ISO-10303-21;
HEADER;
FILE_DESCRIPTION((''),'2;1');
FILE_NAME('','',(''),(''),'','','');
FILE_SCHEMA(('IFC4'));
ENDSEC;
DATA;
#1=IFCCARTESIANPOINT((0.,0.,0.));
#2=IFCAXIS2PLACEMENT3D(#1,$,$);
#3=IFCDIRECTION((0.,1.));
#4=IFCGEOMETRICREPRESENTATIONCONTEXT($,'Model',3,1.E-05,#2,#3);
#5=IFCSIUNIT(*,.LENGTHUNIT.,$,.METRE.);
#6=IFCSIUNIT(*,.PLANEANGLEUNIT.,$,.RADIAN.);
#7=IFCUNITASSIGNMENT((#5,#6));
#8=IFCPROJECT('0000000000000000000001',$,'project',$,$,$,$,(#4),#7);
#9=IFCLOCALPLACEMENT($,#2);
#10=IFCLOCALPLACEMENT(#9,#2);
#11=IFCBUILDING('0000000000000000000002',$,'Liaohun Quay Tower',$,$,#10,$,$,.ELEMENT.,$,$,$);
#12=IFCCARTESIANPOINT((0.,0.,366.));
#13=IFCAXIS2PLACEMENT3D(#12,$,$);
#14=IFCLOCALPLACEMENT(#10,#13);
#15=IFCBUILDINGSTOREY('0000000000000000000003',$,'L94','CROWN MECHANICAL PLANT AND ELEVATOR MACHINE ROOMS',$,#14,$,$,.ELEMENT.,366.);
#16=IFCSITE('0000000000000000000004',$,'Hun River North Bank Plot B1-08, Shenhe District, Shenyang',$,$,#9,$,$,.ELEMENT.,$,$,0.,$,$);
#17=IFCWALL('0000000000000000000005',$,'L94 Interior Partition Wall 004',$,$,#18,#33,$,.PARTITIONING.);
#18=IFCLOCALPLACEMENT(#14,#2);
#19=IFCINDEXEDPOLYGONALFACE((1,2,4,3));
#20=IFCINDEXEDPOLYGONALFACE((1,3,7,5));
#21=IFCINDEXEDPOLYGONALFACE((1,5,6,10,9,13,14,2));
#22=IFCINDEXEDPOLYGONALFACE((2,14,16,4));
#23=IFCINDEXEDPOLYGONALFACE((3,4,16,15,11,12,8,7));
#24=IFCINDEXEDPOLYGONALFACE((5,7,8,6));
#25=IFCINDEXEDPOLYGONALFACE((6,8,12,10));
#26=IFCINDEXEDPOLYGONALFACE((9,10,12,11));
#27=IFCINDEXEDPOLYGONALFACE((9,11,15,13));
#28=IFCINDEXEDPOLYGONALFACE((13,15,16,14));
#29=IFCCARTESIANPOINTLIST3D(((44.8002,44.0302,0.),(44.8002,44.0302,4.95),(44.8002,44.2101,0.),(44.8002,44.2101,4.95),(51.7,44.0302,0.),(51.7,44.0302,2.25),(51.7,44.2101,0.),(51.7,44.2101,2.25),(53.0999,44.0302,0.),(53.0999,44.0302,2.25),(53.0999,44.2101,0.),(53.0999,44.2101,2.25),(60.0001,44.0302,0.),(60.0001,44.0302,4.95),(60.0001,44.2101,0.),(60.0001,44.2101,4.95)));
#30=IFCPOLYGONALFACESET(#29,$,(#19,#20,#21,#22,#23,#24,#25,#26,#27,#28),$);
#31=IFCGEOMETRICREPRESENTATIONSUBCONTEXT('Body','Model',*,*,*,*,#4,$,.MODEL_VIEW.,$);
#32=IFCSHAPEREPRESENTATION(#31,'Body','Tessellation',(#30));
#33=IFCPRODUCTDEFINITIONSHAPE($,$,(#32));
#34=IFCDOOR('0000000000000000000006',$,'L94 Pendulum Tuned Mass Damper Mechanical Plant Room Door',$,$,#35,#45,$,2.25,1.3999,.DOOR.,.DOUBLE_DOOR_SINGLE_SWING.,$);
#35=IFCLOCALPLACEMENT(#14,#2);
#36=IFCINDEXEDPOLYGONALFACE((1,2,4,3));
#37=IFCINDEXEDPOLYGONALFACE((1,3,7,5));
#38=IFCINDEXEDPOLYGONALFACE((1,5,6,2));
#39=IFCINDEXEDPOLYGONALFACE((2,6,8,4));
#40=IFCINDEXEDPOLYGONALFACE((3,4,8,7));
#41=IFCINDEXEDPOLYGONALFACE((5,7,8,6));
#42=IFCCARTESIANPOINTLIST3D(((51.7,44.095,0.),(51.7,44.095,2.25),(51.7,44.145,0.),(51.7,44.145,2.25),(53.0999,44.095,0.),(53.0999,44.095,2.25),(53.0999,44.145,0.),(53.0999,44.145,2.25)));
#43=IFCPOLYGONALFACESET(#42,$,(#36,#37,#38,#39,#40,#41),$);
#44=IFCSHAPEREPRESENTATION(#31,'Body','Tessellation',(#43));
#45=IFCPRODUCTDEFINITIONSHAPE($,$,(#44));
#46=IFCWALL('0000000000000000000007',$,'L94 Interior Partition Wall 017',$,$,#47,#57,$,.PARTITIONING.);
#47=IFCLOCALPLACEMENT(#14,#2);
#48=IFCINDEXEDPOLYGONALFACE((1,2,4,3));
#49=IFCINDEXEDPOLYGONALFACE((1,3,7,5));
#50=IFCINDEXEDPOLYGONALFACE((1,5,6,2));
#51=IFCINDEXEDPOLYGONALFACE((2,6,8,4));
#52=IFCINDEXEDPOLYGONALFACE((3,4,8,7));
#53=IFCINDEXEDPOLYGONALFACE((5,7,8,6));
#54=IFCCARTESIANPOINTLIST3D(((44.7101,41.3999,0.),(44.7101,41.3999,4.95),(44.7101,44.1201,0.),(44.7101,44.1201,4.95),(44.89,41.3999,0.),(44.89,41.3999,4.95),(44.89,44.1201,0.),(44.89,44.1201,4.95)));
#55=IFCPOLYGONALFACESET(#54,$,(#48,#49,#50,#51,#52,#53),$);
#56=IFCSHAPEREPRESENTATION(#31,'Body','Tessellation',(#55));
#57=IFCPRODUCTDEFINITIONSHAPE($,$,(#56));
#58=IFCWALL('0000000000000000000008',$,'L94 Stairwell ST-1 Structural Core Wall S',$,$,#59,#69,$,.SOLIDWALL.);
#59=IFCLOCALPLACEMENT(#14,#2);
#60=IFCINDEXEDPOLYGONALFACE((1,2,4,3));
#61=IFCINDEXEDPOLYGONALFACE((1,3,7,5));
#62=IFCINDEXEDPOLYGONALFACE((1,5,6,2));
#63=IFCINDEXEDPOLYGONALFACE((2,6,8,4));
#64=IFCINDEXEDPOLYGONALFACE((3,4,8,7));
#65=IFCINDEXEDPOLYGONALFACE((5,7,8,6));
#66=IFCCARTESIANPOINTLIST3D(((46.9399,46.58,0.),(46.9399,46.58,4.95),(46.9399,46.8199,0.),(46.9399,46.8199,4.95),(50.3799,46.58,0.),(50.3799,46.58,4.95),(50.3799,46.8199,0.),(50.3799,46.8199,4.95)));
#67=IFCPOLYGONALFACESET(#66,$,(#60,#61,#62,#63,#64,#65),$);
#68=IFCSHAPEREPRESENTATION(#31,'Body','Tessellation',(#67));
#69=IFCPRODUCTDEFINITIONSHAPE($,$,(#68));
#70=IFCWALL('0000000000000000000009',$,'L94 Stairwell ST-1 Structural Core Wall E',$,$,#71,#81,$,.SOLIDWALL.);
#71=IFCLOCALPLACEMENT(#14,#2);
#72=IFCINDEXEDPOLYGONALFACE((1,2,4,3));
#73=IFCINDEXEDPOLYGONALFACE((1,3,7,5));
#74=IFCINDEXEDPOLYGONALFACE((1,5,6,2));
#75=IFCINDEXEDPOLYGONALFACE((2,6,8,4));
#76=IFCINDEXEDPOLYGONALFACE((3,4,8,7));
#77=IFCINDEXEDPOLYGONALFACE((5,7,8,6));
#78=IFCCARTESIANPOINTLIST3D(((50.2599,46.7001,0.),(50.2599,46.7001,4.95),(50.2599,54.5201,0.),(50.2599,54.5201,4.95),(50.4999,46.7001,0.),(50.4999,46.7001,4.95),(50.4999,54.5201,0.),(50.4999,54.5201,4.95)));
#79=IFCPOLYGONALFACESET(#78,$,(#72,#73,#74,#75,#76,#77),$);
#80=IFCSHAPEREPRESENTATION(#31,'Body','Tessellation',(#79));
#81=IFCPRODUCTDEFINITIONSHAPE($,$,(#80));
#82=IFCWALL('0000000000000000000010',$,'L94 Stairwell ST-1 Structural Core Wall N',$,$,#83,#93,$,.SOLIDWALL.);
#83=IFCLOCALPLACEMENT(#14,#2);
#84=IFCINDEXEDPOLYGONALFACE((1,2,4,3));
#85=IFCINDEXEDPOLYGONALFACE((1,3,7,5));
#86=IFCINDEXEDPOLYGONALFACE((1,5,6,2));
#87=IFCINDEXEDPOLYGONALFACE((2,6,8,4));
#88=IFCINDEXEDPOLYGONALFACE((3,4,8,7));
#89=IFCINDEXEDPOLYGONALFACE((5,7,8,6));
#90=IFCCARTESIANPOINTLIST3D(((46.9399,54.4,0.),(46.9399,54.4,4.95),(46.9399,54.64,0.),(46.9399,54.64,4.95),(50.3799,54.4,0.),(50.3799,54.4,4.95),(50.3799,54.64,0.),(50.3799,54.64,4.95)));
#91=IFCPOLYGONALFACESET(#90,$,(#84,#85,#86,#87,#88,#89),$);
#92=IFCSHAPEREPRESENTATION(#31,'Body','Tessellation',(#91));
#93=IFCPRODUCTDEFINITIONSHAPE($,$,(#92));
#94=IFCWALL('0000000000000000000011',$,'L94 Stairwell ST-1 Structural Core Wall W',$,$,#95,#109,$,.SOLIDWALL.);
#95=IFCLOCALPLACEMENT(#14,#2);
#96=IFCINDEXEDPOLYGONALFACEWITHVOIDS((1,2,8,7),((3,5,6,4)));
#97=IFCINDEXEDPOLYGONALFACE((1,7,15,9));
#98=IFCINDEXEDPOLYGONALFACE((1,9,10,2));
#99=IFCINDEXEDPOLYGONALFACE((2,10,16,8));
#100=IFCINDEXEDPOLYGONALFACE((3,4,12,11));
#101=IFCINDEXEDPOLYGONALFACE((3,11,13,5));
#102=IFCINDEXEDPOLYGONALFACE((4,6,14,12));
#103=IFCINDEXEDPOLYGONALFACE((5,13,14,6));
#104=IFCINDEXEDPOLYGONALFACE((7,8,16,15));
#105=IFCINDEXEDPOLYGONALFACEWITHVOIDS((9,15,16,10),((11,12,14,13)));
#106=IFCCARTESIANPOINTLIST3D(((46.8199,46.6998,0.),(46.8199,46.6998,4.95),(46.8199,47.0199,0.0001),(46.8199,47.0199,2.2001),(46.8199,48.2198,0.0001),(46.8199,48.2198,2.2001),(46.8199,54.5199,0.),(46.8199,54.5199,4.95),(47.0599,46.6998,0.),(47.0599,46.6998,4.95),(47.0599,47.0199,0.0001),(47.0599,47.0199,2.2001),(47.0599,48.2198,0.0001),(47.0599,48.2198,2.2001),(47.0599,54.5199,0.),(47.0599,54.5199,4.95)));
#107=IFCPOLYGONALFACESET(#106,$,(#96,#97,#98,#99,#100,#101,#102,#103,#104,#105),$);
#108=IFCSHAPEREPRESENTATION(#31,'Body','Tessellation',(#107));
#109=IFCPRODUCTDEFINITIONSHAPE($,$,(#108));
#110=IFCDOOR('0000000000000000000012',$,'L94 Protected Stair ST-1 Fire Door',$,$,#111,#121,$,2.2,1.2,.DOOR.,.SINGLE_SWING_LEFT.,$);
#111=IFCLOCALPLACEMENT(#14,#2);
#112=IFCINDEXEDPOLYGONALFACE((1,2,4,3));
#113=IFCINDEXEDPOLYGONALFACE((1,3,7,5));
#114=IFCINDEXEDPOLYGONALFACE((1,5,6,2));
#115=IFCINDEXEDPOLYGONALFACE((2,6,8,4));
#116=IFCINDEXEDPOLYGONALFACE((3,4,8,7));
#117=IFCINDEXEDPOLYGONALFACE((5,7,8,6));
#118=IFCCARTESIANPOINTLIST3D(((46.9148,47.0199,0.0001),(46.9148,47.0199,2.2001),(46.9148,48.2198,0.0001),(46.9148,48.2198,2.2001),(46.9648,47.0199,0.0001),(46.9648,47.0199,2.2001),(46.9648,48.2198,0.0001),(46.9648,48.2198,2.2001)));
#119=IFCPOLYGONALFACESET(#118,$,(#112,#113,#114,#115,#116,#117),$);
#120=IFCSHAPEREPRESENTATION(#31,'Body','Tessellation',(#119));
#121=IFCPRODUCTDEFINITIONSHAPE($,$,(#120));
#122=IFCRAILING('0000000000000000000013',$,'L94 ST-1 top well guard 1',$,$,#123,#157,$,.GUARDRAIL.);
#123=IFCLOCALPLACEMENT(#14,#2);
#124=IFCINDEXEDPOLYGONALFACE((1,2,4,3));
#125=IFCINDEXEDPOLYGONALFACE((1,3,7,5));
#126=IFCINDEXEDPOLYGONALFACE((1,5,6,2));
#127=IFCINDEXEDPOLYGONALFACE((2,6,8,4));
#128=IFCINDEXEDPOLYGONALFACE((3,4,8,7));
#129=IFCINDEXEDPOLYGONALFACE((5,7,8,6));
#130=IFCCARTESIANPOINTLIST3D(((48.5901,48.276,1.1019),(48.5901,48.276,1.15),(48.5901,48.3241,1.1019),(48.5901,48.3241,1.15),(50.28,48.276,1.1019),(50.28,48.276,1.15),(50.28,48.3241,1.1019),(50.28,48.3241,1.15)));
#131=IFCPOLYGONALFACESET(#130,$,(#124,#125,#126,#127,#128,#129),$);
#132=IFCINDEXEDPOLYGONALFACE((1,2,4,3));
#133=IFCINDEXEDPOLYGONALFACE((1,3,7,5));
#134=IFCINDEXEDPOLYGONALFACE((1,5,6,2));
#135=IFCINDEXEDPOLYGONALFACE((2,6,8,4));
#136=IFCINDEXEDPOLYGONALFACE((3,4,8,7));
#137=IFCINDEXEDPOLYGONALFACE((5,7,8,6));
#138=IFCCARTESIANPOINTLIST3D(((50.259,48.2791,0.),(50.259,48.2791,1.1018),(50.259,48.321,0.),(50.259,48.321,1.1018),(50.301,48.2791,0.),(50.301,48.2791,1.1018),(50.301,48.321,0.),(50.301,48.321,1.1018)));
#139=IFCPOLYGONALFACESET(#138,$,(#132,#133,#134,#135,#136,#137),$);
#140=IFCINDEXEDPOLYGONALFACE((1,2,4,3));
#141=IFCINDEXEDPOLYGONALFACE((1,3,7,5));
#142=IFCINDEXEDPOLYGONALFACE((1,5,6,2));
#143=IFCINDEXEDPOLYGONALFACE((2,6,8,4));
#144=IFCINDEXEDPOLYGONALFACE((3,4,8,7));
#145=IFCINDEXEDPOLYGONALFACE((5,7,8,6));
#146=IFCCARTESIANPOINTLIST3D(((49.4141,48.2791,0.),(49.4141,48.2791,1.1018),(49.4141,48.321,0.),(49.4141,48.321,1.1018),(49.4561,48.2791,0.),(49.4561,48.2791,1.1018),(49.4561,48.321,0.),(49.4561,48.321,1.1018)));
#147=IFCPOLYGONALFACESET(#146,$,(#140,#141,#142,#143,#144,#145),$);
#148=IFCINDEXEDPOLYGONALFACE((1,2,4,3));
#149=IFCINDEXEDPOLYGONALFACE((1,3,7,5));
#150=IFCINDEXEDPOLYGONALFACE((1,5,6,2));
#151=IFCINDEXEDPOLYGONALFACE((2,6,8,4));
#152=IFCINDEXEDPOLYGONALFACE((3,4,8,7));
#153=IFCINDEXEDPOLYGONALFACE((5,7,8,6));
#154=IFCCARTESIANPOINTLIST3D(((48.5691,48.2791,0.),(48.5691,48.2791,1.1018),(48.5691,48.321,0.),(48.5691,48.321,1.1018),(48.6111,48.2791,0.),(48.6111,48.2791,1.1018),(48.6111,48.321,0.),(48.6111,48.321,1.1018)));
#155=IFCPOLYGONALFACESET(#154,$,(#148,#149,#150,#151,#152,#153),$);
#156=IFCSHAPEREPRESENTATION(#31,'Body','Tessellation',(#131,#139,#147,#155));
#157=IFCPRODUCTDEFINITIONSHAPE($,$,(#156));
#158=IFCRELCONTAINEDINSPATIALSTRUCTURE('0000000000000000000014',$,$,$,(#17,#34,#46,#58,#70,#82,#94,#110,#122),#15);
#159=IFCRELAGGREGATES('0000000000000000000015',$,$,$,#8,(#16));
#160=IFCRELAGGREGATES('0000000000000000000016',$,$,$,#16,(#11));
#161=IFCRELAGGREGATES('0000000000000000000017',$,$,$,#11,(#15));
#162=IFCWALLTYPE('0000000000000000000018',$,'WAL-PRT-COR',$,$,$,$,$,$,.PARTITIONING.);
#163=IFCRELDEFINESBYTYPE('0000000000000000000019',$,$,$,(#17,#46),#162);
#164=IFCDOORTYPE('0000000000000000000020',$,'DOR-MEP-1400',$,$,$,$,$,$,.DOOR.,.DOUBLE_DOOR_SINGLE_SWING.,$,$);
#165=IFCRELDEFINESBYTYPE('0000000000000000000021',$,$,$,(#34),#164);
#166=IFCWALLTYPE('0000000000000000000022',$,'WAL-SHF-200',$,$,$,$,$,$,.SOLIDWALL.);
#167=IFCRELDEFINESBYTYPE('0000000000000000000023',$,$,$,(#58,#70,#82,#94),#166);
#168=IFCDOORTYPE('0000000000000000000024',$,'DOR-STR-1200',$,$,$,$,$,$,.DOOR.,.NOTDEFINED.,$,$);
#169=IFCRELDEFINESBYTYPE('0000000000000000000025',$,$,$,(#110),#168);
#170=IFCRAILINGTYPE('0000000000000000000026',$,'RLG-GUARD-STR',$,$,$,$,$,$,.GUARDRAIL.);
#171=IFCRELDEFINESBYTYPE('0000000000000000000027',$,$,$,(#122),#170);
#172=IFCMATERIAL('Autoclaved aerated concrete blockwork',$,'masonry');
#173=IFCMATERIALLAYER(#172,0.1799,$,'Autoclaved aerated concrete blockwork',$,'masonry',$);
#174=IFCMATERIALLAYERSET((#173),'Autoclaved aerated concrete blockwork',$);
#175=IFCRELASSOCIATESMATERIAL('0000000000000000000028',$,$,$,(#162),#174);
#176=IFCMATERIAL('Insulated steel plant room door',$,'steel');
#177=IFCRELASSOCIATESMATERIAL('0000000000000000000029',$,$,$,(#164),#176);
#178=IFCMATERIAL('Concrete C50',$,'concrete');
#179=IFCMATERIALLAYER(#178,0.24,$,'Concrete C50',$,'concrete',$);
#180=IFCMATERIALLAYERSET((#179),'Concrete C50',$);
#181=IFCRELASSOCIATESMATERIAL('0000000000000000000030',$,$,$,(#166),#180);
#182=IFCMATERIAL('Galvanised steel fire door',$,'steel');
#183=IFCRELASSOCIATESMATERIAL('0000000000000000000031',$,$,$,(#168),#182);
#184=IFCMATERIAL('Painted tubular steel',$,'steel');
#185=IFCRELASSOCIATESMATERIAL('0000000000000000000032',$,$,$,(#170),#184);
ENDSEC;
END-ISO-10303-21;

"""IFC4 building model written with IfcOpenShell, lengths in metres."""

from ifc_helpers import new_model, si_unit, direction, frame, frame_2d, origin, origin_2d, place, context, subcontext, project, spatial, rectangle, extrude, source, transform, mapped, material, layer, layer_set, type_object, element, fill, save


model = new_model("IFC4")

# Units and contexts
model_context = context("Model", 3, precision=1e-05, world=origin(), true_north=direction((0.0, 1.0)))
body_context = subcontext(model_context, "Body", "Model", "MODEL_VIEW")
ifc_project = project(units=[si_unit("LENGTHUNIT", "METRE"), si_unit("PLANEANGLEUNIT", "RADIAN")], contexts=[model_context])

# Site, building, storey
site_placement = place(None, origin())
site = spatial("IfcSite", under=ifc_project, at=site_placement, Name="Hun River North Bank Plot B1-08, Shenhe District, Shenyang", CompositionType="ELEMENT", RefElevation=0.0)
building_placement = place(site_placement, origin())
building = spatial("IfcBuilding", under=site, at=building_placement, Name="Liaohun Quay Tower", CompositionType="ELEMENT")
storey_placement = place(building_placement, frame((0.0, 0.0, 366.0)))
storey = spatial("IfcBuildingStorey", under=building, at=storey_placement, Name="L94", Description="CROWN MECHANICAL PLANT AND ELEVATOR MACHINE ROOMS", CompositionType="ELEMENT", Elevation=366.0)

# Shared definitions
ifc_material_1 = material(Name="Concrete C50", Category="concrete")

# Wall, opening, door
ifc_material_2 = material(Name="Autoclaved aerated concrete blockwork", Category="masonry")
ifc_layer_1 = layer(ifc_material_2, 0.1799, Name="Autoclaved aerated concrete blockwork", Category="masonry")
ifc_layer_set_1 = layer_set([ifc_layer_1], Name="Autoclaved aerated concrete blockwork")
wall_type_1 = type_object("IfcWallType", Name="WAL-PRT-COR", PredefinedType="PARTITIONING", material=ifc_layer_set_1)
wall_1_placement = place(storey_placement, frame((44.8, 44.1201, 0.0), z_axis=(0.0, 0.0, 1.0), x_axis=(1.0, 0.0, 0.0)))
wall_1 = element("IfcWall", 1, at=wall_1_placement, inside=storey, type_object=wall_type_1, Name="L94 Interior Partition Wall 004", PredefinedType="PARTITIONING", context=body_context, shape_type="SweptSolid", body=[
    extrude(rectangle(XDim=15.2, YDim=0.1799, at=frame_2d((7.6001, 0.0))), origin(), (0.0, 0.0, 1.0), 4.95),
])
shared_shape_1 = source(origin(), body_context, "Body", "SweptSolid", [
    extrude(rectangle(XDim=1.3999, YDim=2.25, at=frame_2d((0.7, 1.125))), frame((0.0, 0.0999, 0.0), z_axis=(0.0, -1.0, 0.0), x_axis=(1.0, 0.0, 0.0)), (0.0, 0.0, 1.0), 0.2),
])
opening_1_placement = place(wall_1_placement, frame((6.8999, 0.0, 0.0)))
opening_1 = element("IfcOpeningElement", 2, at=opening_1_placement, cuts=wall_1, PredefinedType="OPENING", context=body_context, shape_type="MappedRepresentation", body=[
    mapped(shared_shape_1, transform((0.0, 0.0, 0.0), x_axis=(1.0, 0.0, 0.0), y_axis=(0.0, 1.0, 0.0), z_axis=(0.0, 0.0, 1.0), scale=1.0)),
])
ifc_material_3 = material(Name="Insulated steel plant room door", Category="steel")
door_type_1 = type_object("IfcDoorType", Name="DOR-MEP-1400", OperationType="DOUBLE_DOOR_SINGLE_SWING", PredefinedType="DOOR", material=ifc_material_3)
shared_shape_2 = source(origin(), body_context, "Body", "SweptSolid", [
    extrude(rectangle(XDim=1.3999, YDim=2.25, at=frame_2d((0.7, 1.125))), frame((0.0, 0.0249, 0.0), z_axis=(0.0, -1.0, 0.0), x_axis=(1.0, 0.0, 0.0)), (0.0, 0.0, 1.0), 0.05),
])
door_1_placement = place(opening_1_placement, origin())
door_1 = element("IfcDoor", 3, at=door_1_placement, inside=storey, type_object=door_type_1, Name="L94 Pendulum Tuned Mass Damper Mechanical Plant Room Door", OperationType="DOUBLE_DOOR_SINGLE_SWING", OverallHeight=2.25, OverallWidth=1.3999, PredefinedType="DOOR", context=body_context, shape_type="MappedRepresentation", body=[
    mapped(shared_shape_2, transform((0.0, 0.0, 0.0), x_axis=(1.0, 0.0, 0.0), y_axis=(0.0, 1.0, 0.0), z_axis=(0.0, 0.0, 1.0), scale=1.0)),
])
fill(opening_1, door_1)

# Walls
wall_2_placement = place(storey_placement, frame((44.8, 41.3999, 0.0), z_axis=(0.0, 0.0, 1.0), x_axis=(0.0, 1.0, 0.0)))
element("IfcWall", 4, at=wall_2_placement, inside=storey, type_object=wall_type_1, Name="L94 Interior Partition Wall 017", PredefinedType="PARTITIONING", context=body_context, shape_type="SweptSolid", body=[
    extrude(rectangle(XDim=2.7202, YDim=0.1799, at=frame_2d((1.3601, 0.0))), origin(), (0.0, 0.0, 1.0), 4.95),
])
ifc_layer_2 = layer(ifc_material_1, 0.24, Name="Concrete C50", Category="concrete")
ifc_layer_set_2 = layer_set([ifc_layer_2], Name="Concrete C50")
wall_type_2 = type_object("IfcWallType", Name="WAL-SHF-200", PredefinedType="SOLIDWALL", material=ifc_layer_set_2)
wall_3_placement = place(storey_placement, frame((46.9399, 46.7, 0.0), z_axis=(0.0, 0.0, 1.0), x_axis=(1.0, 0.0, 0.0)))
element("IfcWall", 5, at=wall_3_placement, inside=storey, type_object=wall_type_2, Name="L94 Stairwell ST-1 Structural Core Wall S", PredefinedType="SOLIDWALL", context=body_context, shape_type="SweptSolid", body=[
    extrude(rectangle(XDim=3.4399, YDim=0.24, at=frame_2d((1.72, 0.0))), origin(), (0.0, 0.0, 1.0), 4.95),
])
wall_4_placement = place(storey_placement, frame((50.3799, 46.7, 0.0), z_axis=(0.0, 0.0, 1.0), x_axis=(0.0, 1.0, 0.0)))
element("IfcWall", 6, at=wall_4_placement, inside=storey, type_object=wall_type_2, Name="L94 Stairwell ST-1 Structural Core Wall E", PredefinedType="SOLIDWALL", context=body_context, shape_type="SweptSolid", body=[
    extrude(rectangle(XDim=7.8201, YDim=0.24, at=frame_2d((3.9102, 0.0))), origin(), (0.0, 0.0, 1.0), 4.95),
])
wall_5_placement = place(storey_placement, frame((50.3799, 54.52, 0.0), z_axis=(0.0, 0.0, 1.0), x_axis=(-1.0, 0.0, 0.0)))
element("IfcWall", 7, at=wall_5_placement, inside=storey, type_object=wall_type_2, Name="L94 Stairwell ST-1 Structural Core Wall N", PredefinedType="SOLIDWALL", context=body_context, shape_type="SweptSolid", body=[
    extrude(rectangle(XDim=3.4399, YDim=0.24, at=frame_2d((1.72, 0.0))), origin(), (0.0, 0.0, 1.0), 4.95),
])

# Wall, opening, door
wall_6_placement = place(storey_placement, frame((46.9399, 54.52, 0.0), z_axis=(0.0, 0.0, 1.0), x_axis=(0.0, -1.0, 0.0)))
wall_6 = element("IfcWall", 8, at=wall_6_placement, inside=storey, type_object=wall_type_2, Name="L94 Stairwell ST-1 Structural Core Wall W", PredefinedType="SOLIDWALL", context=body_context, shape_type="SweptSolid", body=[
    extrude(rectangle(XDim=7.8201, YDim=0.24, at=frame_2d((3.9102, 0.0))), origin(), (0.0, 0.0, 1.0), 4.95),
])
shared_shape_3 = source(origin(), body_context, "Body", "SweptSolid", [
    extrude(rectangle(XDim=1.2, YDim=2.2, at=frame_2d((0.6001, 1.1001))), frame((0.0, 0.1299, 0.0), z_axis=(0.0, -1.0, 0.0), x_axis=(1.0, 0.0, 0.0)), (0.0, 0.0, 1.0), 0.26),
])
opening_2_placement = place(wall_6_placement, frame((6.3, 0.0, 0.0)))
opening_2 = element("IfcOpeningElement", 9, at=opening_2_placement, cuts=wall_6, PredefinedType="OPENING", context=body_context, shape_type="MappedRepresentation", body=[
    mapped(shared_shape_3, transform((0.0, 0.0, 0.0), x_axis=(1.0, 0.0, 0.0), y_axis=(0.0, 1.0, 0.0), z_axis=(0.0, 0.0, 1.0), scale=1.0)),
])
ifc_material_4 = material(Name="Galvanised steel fire door", Category="steel")
door_type_2 = type_object("IfcDoorType", Name="DOR-STR-1200", OperationType="NOTDEFINED", PredefinedType="DOOR", material=ifc_material_4)
shared_shape_4 = source(origin(), body_context, "Body", "SweptSolid", [
    extrude(rectangle(XDim=1.2, YDim=2.2, at=frame_2d((0.6001, 1.1001))), frame((0.0, 0.0249, 0.0), z_axis=(0.0, -1.0, 0.0), x_axis=(1.0, 0.0, 0.0)), (0.0, 0.0, 1.0), 0.05),
])
door_2_placement = place(opening_2_placement, origin())
door_2 = element("IfcDoor", 10, at=door_2_placement, inside=storey, type_object=door_type_2, Name="L94 Protected Stair ST-1 Fire Door", OperationType="SINGLE_SWING_LEFT", OverallHeight=2.2, OverallWidth=1.2, PredefinedType="DOOR", context=body_context, shape_type="MappedRepresentation", body=[
    mapped(shared_shape_4, transform((0.0, 0.0, 0.0), x_axis=(1.0, 0.0, 0.0), y_axis=(0.0, 1.0, 0.0), z_axis=(0.0, 0.0, 1.0), scale=1.0)),
])
fill(opening_2, door_2)

# Railing
ifc_material_5 = material(Name="Painted tubular steel", Category="steel")
railing_type = type_object("IfcRailingType", Name="RLG-GUARD-STR", PredefinedType="GUARDRAIL", material=ifc_material_5)
railing_placement = place(storey_placement, frame((50.28, 48.3, 0.0)))
element("IfcRailing", 11, at=railing_placement, inside=storey, type_object=railing_type, Name="L94 ST-1 top well guard 1", PredefinedType="GUARDRAIL", context=body_context, shape_type="SweptSolid", body=[
    extrude(rectangle(XDim=0.0481, YDim=0.0481, at=origin_2d()), frame((0.0, 0.0, 1.126), z_axis=(-1.0, 0.0, 0.0), x_axis=(0.0, -1.0, 0.0)), (0.0, 0.0, 1.0), 1.6899),
    extrude(rectangle(XDim=0.042, YDim=0.042, at=origin_2d()), origin(), (0.0, 0.0, 1.0), 1.1018),
    extrude(rectangle(XDim=0.042, YDim=0.042, at=origin_2d()), frame((-0.845, 0.0, 0.0)), (0.0, 0.0, 1.0), 1.1018),
    extrude(rectangle(XDim=0.042, YDim=0.042, at=origin_2d()), frame((-1.6899, 0.0, 0.0)), (0.0, 0.0, 1.0), 1.1018),
])

save(model, "model.ifc")
